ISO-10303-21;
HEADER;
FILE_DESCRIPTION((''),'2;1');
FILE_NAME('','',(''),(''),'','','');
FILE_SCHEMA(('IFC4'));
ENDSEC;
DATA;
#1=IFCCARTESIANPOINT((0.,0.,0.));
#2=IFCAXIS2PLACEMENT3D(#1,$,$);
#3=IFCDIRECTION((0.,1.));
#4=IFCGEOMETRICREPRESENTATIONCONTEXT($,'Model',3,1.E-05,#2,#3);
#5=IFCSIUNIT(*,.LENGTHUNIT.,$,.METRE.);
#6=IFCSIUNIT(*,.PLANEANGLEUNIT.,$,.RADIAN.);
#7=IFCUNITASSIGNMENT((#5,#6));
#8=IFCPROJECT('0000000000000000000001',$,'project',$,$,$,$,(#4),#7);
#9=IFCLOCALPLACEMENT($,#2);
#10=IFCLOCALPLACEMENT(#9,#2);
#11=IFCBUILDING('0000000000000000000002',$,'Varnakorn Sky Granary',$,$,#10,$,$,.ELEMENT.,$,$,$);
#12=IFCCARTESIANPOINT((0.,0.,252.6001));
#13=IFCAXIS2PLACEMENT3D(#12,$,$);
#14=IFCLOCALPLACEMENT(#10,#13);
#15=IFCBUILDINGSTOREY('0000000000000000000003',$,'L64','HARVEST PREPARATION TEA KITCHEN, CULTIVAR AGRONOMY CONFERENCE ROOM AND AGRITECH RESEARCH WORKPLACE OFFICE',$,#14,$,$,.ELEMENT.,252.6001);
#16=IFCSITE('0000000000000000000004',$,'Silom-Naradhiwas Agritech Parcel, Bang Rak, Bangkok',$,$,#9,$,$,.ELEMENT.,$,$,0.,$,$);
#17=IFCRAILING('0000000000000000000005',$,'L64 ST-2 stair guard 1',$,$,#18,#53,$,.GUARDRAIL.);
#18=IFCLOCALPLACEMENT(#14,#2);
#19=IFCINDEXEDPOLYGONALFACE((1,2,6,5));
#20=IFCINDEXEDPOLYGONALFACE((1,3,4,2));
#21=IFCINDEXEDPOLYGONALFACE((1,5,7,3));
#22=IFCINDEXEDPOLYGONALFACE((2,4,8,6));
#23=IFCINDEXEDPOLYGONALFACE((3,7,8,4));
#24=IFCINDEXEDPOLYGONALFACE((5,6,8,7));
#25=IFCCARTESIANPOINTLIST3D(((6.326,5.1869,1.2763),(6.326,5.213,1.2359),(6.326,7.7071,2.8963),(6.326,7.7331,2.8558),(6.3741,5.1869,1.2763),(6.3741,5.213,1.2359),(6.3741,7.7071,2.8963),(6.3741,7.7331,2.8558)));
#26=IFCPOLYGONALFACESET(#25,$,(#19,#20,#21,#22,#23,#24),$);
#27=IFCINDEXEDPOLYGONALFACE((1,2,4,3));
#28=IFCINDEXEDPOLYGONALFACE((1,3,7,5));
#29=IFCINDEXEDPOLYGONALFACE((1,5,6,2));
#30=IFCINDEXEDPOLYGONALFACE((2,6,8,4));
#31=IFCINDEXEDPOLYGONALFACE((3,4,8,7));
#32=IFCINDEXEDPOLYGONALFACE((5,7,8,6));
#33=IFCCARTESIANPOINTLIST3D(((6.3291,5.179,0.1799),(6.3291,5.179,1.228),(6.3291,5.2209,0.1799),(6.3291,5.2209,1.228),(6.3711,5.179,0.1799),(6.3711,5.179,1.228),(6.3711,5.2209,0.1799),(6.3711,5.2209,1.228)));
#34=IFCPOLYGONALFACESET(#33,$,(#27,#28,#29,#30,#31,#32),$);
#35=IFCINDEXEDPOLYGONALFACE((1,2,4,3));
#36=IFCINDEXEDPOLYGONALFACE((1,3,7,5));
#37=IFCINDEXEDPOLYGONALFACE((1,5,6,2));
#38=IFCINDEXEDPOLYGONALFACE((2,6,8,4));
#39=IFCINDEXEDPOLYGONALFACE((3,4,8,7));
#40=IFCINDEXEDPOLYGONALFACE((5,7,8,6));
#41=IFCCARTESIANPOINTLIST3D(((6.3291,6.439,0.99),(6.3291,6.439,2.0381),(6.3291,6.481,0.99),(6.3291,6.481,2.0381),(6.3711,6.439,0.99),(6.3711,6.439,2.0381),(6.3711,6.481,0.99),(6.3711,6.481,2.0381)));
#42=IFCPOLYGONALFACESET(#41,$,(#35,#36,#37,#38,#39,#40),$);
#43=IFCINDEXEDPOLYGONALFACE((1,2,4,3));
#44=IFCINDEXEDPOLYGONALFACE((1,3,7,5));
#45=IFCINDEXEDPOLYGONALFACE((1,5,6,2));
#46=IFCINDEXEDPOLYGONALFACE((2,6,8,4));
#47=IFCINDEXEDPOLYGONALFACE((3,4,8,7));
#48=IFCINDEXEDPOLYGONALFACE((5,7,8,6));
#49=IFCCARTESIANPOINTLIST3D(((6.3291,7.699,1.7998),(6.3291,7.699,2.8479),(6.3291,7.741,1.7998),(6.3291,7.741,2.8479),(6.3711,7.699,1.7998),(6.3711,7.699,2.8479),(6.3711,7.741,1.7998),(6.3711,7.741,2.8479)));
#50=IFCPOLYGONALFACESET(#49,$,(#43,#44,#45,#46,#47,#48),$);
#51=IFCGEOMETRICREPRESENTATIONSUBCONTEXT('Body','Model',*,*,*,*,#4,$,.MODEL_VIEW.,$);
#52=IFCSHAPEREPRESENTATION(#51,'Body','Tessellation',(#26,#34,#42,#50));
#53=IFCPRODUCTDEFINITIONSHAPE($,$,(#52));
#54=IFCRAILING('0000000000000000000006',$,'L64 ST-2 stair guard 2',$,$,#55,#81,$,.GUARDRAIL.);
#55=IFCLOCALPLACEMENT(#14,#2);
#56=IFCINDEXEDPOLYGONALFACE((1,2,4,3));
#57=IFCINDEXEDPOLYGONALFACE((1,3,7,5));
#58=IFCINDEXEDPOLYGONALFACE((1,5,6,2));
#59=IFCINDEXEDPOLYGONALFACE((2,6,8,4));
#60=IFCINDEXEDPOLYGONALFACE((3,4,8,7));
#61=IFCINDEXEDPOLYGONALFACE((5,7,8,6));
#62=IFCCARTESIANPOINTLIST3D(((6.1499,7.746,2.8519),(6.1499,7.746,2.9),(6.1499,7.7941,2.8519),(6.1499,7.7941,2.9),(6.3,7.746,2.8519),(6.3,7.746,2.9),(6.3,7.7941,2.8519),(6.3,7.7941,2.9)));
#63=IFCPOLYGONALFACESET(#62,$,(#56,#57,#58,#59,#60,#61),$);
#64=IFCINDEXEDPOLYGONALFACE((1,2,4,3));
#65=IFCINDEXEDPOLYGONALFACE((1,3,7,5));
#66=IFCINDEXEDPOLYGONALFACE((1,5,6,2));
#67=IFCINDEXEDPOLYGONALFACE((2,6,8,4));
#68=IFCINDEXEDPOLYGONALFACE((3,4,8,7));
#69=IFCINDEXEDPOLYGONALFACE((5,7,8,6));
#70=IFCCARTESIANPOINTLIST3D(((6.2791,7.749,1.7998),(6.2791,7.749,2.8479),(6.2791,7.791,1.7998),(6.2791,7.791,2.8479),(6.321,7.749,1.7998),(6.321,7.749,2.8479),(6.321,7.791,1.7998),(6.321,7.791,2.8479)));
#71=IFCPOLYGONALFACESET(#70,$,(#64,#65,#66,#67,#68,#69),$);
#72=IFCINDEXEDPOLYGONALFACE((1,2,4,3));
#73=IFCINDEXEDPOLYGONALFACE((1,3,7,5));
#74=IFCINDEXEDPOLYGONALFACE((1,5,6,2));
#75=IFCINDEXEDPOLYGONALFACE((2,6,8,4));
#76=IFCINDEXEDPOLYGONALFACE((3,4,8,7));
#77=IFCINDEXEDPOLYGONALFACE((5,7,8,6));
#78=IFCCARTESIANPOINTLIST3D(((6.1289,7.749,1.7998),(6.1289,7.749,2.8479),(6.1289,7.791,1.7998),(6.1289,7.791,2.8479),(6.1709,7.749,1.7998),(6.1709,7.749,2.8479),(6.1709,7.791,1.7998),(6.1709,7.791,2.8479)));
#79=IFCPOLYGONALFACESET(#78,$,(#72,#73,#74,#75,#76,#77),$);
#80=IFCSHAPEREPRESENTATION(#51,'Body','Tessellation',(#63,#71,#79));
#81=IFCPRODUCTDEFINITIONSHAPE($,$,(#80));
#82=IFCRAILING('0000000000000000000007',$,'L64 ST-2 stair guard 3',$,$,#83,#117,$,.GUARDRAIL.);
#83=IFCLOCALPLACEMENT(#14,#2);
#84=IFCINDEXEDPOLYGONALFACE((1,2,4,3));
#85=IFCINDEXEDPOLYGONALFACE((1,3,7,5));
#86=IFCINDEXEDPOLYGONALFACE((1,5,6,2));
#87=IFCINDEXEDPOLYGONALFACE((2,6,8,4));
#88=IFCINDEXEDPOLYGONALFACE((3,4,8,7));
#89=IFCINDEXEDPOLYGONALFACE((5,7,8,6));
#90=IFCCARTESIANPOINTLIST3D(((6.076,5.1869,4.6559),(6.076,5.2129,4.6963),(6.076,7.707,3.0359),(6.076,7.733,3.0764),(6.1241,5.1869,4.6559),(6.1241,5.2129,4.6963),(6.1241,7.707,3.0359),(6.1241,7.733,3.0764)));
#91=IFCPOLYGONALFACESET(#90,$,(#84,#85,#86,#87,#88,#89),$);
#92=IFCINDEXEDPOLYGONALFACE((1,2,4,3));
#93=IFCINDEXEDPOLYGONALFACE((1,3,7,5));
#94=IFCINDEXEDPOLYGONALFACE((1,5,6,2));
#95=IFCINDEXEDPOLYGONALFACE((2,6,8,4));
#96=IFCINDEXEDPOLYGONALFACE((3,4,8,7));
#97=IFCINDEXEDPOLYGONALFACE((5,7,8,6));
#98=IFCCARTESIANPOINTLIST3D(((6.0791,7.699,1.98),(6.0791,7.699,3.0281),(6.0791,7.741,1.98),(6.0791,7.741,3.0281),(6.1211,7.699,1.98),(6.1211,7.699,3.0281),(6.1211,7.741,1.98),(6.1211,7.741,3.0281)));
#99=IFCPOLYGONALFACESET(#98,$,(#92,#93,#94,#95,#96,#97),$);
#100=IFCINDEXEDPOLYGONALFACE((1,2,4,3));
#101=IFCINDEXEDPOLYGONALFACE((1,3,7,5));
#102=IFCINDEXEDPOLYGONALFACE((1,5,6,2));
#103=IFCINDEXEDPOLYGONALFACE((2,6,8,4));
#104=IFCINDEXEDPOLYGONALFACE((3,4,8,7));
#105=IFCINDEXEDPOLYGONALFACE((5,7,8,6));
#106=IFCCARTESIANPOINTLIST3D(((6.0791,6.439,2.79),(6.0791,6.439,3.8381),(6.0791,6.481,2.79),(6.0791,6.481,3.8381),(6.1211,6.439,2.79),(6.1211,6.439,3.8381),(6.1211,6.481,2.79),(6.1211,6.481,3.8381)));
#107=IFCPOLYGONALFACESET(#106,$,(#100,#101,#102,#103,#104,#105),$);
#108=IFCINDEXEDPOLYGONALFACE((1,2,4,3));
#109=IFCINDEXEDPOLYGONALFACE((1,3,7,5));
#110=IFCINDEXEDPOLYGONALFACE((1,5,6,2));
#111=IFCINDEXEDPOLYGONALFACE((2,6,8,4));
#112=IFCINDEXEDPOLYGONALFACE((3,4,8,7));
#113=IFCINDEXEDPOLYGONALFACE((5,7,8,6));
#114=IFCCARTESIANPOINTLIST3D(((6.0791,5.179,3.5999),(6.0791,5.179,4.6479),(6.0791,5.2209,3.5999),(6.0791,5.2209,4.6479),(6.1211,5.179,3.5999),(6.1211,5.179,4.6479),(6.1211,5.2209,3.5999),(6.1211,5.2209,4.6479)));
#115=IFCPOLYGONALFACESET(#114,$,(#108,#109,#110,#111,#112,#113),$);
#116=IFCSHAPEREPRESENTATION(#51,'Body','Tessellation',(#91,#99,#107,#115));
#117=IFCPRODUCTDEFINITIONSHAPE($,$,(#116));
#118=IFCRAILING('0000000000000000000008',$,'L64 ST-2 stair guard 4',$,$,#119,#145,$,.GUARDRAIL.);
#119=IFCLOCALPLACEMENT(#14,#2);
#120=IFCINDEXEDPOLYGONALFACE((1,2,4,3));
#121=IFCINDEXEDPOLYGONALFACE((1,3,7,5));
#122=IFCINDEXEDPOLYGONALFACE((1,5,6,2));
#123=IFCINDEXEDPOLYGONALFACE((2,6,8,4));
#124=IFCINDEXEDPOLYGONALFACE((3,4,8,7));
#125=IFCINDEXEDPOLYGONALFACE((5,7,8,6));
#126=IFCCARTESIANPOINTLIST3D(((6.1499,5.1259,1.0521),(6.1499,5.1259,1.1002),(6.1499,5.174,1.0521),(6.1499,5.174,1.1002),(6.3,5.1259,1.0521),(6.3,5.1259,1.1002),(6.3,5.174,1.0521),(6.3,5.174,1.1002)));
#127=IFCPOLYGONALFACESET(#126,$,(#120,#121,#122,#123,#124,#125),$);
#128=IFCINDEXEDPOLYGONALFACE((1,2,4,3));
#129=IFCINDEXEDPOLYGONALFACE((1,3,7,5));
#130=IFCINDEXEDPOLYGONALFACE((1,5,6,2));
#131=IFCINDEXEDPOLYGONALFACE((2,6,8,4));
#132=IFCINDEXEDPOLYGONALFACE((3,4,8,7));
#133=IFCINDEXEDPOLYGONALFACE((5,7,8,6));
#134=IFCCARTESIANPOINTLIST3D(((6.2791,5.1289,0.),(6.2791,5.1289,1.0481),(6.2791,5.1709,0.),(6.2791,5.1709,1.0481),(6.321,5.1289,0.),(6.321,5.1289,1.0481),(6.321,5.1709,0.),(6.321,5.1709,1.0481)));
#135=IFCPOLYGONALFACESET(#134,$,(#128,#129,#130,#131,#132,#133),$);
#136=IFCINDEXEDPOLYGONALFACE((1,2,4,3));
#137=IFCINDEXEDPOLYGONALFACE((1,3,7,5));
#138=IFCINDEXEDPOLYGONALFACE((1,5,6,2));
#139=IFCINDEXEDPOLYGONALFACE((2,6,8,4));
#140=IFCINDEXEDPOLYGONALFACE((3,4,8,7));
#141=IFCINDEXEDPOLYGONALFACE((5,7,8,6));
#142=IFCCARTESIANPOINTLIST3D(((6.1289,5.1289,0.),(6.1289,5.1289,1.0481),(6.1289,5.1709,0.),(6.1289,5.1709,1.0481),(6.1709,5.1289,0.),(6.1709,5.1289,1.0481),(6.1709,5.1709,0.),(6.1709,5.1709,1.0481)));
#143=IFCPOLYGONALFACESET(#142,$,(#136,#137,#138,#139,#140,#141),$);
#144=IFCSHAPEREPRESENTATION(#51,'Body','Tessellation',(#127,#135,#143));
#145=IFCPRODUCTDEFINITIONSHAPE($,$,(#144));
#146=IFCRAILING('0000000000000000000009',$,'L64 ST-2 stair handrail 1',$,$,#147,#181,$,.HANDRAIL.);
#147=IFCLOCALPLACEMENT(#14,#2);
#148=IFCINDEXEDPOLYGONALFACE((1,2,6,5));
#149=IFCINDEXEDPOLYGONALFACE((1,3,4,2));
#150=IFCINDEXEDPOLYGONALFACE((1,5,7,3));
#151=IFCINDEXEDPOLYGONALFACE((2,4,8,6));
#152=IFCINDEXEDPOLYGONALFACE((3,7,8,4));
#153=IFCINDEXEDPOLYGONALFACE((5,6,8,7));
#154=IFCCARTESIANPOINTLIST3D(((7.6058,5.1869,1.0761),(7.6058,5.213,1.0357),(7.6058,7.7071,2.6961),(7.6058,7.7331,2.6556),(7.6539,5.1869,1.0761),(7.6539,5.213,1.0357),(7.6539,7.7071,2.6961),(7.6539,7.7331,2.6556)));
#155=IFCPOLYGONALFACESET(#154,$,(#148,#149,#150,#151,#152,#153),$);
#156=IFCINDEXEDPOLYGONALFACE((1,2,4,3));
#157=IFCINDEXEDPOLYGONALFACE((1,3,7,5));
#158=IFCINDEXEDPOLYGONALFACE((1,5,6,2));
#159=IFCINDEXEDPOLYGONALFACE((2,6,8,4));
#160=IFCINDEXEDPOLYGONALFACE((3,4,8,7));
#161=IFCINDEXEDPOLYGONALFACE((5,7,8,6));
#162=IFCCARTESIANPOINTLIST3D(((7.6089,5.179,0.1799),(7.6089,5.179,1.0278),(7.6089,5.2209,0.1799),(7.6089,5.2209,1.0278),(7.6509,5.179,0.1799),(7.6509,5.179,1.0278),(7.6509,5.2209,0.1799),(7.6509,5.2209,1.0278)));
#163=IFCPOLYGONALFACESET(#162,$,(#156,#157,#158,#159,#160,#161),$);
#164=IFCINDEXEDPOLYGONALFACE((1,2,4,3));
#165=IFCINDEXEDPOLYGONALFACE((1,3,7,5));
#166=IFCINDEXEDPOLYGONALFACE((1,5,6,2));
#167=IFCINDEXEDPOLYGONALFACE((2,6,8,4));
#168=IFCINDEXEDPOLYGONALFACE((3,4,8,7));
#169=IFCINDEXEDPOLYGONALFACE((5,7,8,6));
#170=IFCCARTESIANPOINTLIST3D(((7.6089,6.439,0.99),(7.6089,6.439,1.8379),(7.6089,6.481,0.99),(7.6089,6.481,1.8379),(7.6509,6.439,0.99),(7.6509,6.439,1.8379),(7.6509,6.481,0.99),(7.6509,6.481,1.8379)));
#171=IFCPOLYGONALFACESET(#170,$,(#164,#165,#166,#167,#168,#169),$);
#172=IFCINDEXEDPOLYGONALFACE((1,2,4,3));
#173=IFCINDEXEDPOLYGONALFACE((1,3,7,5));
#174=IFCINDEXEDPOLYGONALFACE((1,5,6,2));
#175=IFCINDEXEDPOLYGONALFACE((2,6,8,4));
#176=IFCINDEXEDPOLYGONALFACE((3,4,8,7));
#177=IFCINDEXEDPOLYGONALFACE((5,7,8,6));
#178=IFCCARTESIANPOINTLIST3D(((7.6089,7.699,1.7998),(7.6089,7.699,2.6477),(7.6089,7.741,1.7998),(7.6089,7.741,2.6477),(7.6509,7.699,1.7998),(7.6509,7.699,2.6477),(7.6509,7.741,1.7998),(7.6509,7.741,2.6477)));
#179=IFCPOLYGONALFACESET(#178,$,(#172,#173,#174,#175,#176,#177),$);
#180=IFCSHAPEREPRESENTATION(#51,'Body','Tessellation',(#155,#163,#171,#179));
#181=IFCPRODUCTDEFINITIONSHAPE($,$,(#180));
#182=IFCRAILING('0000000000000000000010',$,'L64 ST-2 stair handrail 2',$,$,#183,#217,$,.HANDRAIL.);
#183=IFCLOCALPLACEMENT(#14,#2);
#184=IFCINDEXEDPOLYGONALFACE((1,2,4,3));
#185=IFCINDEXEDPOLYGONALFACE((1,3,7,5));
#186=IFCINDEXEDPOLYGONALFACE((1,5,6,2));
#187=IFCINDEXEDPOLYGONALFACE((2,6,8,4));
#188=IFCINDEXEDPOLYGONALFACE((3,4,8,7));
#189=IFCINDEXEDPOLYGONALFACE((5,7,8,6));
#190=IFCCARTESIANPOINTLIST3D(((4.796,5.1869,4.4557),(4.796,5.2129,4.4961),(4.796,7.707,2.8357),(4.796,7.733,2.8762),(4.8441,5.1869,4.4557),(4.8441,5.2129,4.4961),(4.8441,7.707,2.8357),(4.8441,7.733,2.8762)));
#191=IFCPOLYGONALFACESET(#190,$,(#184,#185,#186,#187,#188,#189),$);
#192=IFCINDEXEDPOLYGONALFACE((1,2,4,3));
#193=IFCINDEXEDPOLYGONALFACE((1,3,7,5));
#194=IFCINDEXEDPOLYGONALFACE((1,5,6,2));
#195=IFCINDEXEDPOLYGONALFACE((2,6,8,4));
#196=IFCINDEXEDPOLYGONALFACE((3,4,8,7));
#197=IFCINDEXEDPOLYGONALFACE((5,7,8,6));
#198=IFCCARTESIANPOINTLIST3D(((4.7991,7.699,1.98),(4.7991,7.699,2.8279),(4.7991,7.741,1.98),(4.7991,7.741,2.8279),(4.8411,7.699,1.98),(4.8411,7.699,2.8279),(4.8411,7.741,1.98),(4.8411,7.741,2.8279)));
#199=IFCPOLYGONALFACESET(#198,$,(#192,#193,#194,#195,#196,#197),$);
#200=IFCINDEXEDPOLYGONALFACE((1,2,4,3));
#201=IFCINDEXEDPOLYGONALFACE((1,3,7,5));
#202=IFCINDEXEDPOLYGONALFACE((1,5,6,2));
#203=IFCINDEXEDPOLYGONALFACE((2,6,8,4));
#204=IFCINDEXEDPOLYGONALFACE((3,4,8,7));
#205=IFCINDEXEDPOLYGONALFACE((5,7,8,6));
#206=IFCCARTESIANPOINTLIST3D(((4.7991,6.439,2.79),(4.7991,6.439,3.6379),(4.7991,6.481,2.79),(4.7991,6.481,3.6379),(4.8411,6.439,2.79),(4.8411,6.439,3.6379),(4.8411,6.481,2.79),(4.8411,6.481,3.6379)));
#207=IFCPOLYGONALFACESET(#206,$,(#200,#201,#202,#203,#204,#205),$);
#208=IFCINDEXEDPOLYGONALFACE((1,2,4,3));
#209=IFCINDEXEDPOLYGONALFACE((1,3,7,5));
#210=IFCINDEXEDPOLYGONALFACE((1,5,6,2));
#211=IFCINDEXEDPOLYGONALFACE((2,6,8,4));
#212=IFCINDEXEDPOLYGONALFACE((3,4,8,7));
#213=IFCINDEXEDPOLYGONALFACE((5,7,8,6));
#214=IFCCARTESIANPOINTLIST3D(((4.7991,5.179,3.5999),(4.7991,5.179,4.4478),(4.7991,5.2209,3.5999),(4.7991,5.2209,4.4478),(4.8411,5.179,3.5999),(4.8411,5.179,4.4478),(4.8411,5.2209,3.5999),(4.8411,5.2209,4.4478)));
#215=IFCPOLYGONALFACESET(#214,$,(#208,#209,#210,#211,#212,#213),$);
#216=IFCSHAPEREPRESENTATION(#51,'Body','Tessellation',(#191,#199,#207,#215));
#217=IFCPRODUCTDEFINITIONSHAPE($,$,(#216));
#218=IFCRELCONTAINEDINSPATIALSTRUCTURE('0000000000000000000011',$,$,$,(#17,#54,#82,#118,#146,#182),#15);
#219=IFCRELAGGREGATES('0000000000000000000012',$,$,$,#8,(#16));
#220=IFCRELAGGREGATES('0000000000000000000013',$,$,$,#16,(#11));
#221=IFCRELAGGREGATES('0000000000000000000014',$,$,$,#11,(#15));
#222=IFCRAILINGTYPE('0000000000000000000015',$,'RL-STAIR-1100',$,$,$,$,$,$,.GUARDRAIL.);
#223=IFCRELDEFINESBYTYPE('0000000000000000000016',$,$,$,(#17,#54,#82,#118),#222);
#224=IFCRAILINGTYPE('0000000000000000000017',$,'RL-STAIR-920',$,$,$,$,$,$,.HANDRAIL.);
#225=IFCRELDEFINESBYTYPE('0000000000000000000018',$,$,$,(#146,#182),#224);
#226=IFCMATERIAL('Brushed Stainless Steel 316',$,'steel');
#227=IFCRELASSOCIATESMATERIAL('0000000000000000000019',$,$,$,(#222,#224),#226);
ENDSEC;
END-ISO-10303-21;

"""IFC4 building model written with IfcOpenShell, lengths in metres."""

from ifc_helpers import new_model, si_unit, direction, frame, origin, origin_2d, place, context, subcontext, project, spatial, rectangle, extrude, material, type_object, element, save


model = new_model("IFC4")

# Units and contexts
model_context = context("Model", 3, precision=1e-05, world=origin(), true_north=direction((0.0, 1.0)))
body_context = subcontext(model_context, "Body", "Model", "MODEL_VIEW")
ifc_project = project(units=[si_unit("LENGTHUNIT", "METRE"), si_unit("PLANEANGLEUNIT", "RADIAN")], contexts=[model_context])

# Site, building, storey
site_placement = place(None, origin())
site = spatial("IfcSite", under=ifc_project, at=site_placement, Name="Silom-Naradhiwas Agritech Parcel, Bang Rak, Bangkok", CompositionType="ELEMENT", RefElevation=0.0)
building_placement = place(site_placement, origin())
building = spatial("IfcBuilding", under=site, at=building_placement, Name="Varnakorn Sky Granary", CompositionType="ELEMENT")
storey_placement = place(building_placement, frame((0.0, 0.0, 252.6001)))
storey = spatial("IfcBuildingStorey", under=building, at=storey_placement, Name="L64", Description="HARVEST PREPARATION TEA KITCHEN, CULTIVAR AGRONOMY CONFERENCE ROOM AND AGRITECH RESEARCH WORKPLACE OFFICE", CompositionType="ELEMENT", Elevation=252.6001)

# Railings
ifc_material_1 = material(Name="Brushed Stainless Steel 316", Category="steel")
railing_type_1 = type_object("IfcRailingType", Name="RL-STAIR-1100", PredefinedType="GUARDRAIL", material=ifc_material_1)
railing_1_placement = place(storey_placement, frame((6.3501, 5.2, 0.1799)))
element("IfcRailing", 1, at=railing_1_placement, inside=storey, type_object=railing_type_1, Name="L64 ST-2 stair guard 1", PredefinedType="GUARDRAIL", context=body_context, shape_type="SweptSolid", body=[
    extrude(rectangle(XDim=0.0481, YDim=0.0481, at=origin_2d()), frame((0.0, 0.0, 1.0762), z_axis=(0.0, 0.8412, 0.540725), x_axis=(-1.0, 0.0, 0.0)), (0.0, 0.0, 1.0), 2.9958),
    extrude(rectangle(XDim=0.042, YDim=0.042, at=origin_2d()), origin(), (0.0, 0.0, 1.0), 1.0481),
    extrude(rectangle(XDim=0.042, YDim=0.042, at=origin_2d()), frame((0.0, 1.26, 0.8101)), (0.0, 0.0, 1.0), 1.0481),
    extrude(rectangle(XDim=0.042, YDim=0.042, at=origin_2d()), frame((0.0, 2.52, 1.6199)), (0.0, 0.0, 1.0), 1.0481),
])
railing_2_placement = place(storey_placement, frame((6.3, 7.77, 1.7998)))
element("IfcRailing", 2, at=railing_2_placement, inside=storey, type_object=railing_type_1, Name="L64 ST-2 stair guard 2", PredefinedType="GUARDRAIL", context=body_context, shape_type="SweptSolid", body=[
    extrude(rectangle(XDim=0.0481, YDim=0.0481, at=origin_2d()), frame((0.0, 0.0, 1.0762), z_axis=(-1.0, 0.0, 0.0), x_axis=(0.0, -1.0, 0.0)), (0.0, 0.0, 1.0), 0.1501),
    extrude(rectangle(XDim=0.042, YDim=0.042, at=origin_2d()), origin(), (0.0, 0.0, 1.0), 1.0481),
    extrude(rectangle(XDim=0.042, YDim=0.042, at=origin_2d()), frame((-0.1501, 0.0, 0.0)), (0.0, 0.0, 1.0), 1.0481),
])
railing_3_placement = place(storey_placement, frame((6.1001, 7.72, 1.98)))
element("IfcRailing", 3, at=railing_3_placement, inside=storey, type_object=railing_type_1, Name="L64 ST-2 stair guard 3", PredefinedType="GUARDRAIL", context=body_context, shape_type="SweptSolid", body=[
    extrude(rectangle(XDim=0.0481, YDim=0.0481, at=origin_2d()), frame((0.0, 0.0, 1.0762), z_axis=(0.0, -0.8412, 0.540725), x_axis=(1.0, 0.0, 0.0)), (0.0, 0.0, 1.0), 2.9958),
    extrude(rectangle(XDim=0.042, YDim=0.042, at=origin_2d()), origin(), (0.0, 0.0, 1.0), 1.0481),
    extrude(rectangle(XDim=0.042, YDim=0.042, at=origin_2d()), frame((0.0, -1.26, 0.8101)), (0.0, 0.0, 1.0), 1.0481),
    extrude(rectangle(XDim=0.042, YDim=0.042, at=origin_2d()), frame((0.0, -2.52, 1.6199)), (0.0, 0.0, 1.0), 1.0481),
])
railing_4_placement = place(storey_placement, frame((6.3, 5.1499, 0.0)))
element("IfcRailing", 4, at=railing_4_placement, inside=storey, type_object=railing_type_1, Name="L64 ST-2 stair guard 4", PredefinedType="GUARDRAIL", context=body_context, shape_type="SweptSolid", body=[
    extrude(rectangle(XDim=0.0481, YDim=0.0481, at=origin_2d()), frame((0.0, 0.0, 1.0762), z_axis=(-1.0, 0.0, 0.0), x_axis=(0.0, -1.0, 0.0)), (0.0, 0.0, 1.0), 0.1501),
    extrude(rectangle(XDim=0.042, YDim=0.042, at=origin_2d()), origin(), (0.0, 0.0, 1.0), 1.0481),
    extrude(rectangle(XDim=0.042, YDim=0.042, at=origin_2d()), frame((-0.1501, 0.0, 0.0)), (0.0, 0.0, 1.0), 1.0481),
])
railing_type_2 = type_object("IfcRailingType", Name="RL-STAIR-920", PredefinedType="HANDRAIL", material=ifc_material_1)
railing_5_placement = place(storey_placement, frame((7.6299, 5.2, 0.1799)))
element("IfcRailing", 5, at=railing_5_placement, inside=storey, type_object=railing_type_2, Name="L64 ST-2 stair handrail 1", PredefinedType="HANDRAIL", context=body_context, shape_type="SweptSolid", body=[
    extrude(rectangle(XDim=0.0481, YDim=0.0481, at=origin_2d()), frame((0.0, 0.0, 0.876), z_axis=(0.0, 0.8412, 0.540725), x_axis=(-1.0, 0.0, 0.0)), (0.0, 0.0, 1.0), 2.9958),
    extrude(rectangle(XDim=0.042, YDim=0.042, at=origin_2d()), origin(), (0.0, 0.0, 1.0), 0.8479),
    extrude(rectangle(XDim=0.042, YDim=0.042, at=origin_2d()), frame((0.0, 1.26, 0.8101)), (0.0, 0.0, 1.0), 0.8479),
    extrude(rectangle(XDim=0.042, YDim=0.042, at=origin_2d()), frame((0.0, 2.52, 1.6199)), (0.0, 0.0, 1.0), 0.8479),
])
railing_6_placement = place(storey_placement, frame((4.8201, 7.72, 1.98)))
element("IfcRailing", 6, at=railing_6_placement, inside=storey, type_object=railing_type_2, Name="L64 ST-2 stair handrail 2", PredefinedType="HANDRAIL", context=body_context, shape_type="SweptSolid", body=[
    extrude(rectangle(XDim=0.0481, YDim=0.0481, at=origin_2d()), frame((0.0, 0.0, 0.876), z_axis=(0.0, -0.8412, 0.540725), x_axis=(1.0, 0.0, 0.0)), (0.0, 0.0, 1.0), 2.9958),
    extrude(rectangle(XDim=0.042, YDim=0.042, at=origin_2d()), origin(), (0.0, 0.0, 1.0), 0.8479),
    extrude(rectangle(XDim=0.042, YDim=0.042, at=origin_2d()), frame((0.0, -1.26, 0.8101)), (0.0, 0.0, 1.0), 0.8479),
    extrude(rectangle(XDim=0.042, YDim=0.042, at=origin_2d()), frame((0.0, -2.52, 1.6199)), (0.0, 0.0, 1.0), 0.8479),
])

save(model, "model.ifc")
